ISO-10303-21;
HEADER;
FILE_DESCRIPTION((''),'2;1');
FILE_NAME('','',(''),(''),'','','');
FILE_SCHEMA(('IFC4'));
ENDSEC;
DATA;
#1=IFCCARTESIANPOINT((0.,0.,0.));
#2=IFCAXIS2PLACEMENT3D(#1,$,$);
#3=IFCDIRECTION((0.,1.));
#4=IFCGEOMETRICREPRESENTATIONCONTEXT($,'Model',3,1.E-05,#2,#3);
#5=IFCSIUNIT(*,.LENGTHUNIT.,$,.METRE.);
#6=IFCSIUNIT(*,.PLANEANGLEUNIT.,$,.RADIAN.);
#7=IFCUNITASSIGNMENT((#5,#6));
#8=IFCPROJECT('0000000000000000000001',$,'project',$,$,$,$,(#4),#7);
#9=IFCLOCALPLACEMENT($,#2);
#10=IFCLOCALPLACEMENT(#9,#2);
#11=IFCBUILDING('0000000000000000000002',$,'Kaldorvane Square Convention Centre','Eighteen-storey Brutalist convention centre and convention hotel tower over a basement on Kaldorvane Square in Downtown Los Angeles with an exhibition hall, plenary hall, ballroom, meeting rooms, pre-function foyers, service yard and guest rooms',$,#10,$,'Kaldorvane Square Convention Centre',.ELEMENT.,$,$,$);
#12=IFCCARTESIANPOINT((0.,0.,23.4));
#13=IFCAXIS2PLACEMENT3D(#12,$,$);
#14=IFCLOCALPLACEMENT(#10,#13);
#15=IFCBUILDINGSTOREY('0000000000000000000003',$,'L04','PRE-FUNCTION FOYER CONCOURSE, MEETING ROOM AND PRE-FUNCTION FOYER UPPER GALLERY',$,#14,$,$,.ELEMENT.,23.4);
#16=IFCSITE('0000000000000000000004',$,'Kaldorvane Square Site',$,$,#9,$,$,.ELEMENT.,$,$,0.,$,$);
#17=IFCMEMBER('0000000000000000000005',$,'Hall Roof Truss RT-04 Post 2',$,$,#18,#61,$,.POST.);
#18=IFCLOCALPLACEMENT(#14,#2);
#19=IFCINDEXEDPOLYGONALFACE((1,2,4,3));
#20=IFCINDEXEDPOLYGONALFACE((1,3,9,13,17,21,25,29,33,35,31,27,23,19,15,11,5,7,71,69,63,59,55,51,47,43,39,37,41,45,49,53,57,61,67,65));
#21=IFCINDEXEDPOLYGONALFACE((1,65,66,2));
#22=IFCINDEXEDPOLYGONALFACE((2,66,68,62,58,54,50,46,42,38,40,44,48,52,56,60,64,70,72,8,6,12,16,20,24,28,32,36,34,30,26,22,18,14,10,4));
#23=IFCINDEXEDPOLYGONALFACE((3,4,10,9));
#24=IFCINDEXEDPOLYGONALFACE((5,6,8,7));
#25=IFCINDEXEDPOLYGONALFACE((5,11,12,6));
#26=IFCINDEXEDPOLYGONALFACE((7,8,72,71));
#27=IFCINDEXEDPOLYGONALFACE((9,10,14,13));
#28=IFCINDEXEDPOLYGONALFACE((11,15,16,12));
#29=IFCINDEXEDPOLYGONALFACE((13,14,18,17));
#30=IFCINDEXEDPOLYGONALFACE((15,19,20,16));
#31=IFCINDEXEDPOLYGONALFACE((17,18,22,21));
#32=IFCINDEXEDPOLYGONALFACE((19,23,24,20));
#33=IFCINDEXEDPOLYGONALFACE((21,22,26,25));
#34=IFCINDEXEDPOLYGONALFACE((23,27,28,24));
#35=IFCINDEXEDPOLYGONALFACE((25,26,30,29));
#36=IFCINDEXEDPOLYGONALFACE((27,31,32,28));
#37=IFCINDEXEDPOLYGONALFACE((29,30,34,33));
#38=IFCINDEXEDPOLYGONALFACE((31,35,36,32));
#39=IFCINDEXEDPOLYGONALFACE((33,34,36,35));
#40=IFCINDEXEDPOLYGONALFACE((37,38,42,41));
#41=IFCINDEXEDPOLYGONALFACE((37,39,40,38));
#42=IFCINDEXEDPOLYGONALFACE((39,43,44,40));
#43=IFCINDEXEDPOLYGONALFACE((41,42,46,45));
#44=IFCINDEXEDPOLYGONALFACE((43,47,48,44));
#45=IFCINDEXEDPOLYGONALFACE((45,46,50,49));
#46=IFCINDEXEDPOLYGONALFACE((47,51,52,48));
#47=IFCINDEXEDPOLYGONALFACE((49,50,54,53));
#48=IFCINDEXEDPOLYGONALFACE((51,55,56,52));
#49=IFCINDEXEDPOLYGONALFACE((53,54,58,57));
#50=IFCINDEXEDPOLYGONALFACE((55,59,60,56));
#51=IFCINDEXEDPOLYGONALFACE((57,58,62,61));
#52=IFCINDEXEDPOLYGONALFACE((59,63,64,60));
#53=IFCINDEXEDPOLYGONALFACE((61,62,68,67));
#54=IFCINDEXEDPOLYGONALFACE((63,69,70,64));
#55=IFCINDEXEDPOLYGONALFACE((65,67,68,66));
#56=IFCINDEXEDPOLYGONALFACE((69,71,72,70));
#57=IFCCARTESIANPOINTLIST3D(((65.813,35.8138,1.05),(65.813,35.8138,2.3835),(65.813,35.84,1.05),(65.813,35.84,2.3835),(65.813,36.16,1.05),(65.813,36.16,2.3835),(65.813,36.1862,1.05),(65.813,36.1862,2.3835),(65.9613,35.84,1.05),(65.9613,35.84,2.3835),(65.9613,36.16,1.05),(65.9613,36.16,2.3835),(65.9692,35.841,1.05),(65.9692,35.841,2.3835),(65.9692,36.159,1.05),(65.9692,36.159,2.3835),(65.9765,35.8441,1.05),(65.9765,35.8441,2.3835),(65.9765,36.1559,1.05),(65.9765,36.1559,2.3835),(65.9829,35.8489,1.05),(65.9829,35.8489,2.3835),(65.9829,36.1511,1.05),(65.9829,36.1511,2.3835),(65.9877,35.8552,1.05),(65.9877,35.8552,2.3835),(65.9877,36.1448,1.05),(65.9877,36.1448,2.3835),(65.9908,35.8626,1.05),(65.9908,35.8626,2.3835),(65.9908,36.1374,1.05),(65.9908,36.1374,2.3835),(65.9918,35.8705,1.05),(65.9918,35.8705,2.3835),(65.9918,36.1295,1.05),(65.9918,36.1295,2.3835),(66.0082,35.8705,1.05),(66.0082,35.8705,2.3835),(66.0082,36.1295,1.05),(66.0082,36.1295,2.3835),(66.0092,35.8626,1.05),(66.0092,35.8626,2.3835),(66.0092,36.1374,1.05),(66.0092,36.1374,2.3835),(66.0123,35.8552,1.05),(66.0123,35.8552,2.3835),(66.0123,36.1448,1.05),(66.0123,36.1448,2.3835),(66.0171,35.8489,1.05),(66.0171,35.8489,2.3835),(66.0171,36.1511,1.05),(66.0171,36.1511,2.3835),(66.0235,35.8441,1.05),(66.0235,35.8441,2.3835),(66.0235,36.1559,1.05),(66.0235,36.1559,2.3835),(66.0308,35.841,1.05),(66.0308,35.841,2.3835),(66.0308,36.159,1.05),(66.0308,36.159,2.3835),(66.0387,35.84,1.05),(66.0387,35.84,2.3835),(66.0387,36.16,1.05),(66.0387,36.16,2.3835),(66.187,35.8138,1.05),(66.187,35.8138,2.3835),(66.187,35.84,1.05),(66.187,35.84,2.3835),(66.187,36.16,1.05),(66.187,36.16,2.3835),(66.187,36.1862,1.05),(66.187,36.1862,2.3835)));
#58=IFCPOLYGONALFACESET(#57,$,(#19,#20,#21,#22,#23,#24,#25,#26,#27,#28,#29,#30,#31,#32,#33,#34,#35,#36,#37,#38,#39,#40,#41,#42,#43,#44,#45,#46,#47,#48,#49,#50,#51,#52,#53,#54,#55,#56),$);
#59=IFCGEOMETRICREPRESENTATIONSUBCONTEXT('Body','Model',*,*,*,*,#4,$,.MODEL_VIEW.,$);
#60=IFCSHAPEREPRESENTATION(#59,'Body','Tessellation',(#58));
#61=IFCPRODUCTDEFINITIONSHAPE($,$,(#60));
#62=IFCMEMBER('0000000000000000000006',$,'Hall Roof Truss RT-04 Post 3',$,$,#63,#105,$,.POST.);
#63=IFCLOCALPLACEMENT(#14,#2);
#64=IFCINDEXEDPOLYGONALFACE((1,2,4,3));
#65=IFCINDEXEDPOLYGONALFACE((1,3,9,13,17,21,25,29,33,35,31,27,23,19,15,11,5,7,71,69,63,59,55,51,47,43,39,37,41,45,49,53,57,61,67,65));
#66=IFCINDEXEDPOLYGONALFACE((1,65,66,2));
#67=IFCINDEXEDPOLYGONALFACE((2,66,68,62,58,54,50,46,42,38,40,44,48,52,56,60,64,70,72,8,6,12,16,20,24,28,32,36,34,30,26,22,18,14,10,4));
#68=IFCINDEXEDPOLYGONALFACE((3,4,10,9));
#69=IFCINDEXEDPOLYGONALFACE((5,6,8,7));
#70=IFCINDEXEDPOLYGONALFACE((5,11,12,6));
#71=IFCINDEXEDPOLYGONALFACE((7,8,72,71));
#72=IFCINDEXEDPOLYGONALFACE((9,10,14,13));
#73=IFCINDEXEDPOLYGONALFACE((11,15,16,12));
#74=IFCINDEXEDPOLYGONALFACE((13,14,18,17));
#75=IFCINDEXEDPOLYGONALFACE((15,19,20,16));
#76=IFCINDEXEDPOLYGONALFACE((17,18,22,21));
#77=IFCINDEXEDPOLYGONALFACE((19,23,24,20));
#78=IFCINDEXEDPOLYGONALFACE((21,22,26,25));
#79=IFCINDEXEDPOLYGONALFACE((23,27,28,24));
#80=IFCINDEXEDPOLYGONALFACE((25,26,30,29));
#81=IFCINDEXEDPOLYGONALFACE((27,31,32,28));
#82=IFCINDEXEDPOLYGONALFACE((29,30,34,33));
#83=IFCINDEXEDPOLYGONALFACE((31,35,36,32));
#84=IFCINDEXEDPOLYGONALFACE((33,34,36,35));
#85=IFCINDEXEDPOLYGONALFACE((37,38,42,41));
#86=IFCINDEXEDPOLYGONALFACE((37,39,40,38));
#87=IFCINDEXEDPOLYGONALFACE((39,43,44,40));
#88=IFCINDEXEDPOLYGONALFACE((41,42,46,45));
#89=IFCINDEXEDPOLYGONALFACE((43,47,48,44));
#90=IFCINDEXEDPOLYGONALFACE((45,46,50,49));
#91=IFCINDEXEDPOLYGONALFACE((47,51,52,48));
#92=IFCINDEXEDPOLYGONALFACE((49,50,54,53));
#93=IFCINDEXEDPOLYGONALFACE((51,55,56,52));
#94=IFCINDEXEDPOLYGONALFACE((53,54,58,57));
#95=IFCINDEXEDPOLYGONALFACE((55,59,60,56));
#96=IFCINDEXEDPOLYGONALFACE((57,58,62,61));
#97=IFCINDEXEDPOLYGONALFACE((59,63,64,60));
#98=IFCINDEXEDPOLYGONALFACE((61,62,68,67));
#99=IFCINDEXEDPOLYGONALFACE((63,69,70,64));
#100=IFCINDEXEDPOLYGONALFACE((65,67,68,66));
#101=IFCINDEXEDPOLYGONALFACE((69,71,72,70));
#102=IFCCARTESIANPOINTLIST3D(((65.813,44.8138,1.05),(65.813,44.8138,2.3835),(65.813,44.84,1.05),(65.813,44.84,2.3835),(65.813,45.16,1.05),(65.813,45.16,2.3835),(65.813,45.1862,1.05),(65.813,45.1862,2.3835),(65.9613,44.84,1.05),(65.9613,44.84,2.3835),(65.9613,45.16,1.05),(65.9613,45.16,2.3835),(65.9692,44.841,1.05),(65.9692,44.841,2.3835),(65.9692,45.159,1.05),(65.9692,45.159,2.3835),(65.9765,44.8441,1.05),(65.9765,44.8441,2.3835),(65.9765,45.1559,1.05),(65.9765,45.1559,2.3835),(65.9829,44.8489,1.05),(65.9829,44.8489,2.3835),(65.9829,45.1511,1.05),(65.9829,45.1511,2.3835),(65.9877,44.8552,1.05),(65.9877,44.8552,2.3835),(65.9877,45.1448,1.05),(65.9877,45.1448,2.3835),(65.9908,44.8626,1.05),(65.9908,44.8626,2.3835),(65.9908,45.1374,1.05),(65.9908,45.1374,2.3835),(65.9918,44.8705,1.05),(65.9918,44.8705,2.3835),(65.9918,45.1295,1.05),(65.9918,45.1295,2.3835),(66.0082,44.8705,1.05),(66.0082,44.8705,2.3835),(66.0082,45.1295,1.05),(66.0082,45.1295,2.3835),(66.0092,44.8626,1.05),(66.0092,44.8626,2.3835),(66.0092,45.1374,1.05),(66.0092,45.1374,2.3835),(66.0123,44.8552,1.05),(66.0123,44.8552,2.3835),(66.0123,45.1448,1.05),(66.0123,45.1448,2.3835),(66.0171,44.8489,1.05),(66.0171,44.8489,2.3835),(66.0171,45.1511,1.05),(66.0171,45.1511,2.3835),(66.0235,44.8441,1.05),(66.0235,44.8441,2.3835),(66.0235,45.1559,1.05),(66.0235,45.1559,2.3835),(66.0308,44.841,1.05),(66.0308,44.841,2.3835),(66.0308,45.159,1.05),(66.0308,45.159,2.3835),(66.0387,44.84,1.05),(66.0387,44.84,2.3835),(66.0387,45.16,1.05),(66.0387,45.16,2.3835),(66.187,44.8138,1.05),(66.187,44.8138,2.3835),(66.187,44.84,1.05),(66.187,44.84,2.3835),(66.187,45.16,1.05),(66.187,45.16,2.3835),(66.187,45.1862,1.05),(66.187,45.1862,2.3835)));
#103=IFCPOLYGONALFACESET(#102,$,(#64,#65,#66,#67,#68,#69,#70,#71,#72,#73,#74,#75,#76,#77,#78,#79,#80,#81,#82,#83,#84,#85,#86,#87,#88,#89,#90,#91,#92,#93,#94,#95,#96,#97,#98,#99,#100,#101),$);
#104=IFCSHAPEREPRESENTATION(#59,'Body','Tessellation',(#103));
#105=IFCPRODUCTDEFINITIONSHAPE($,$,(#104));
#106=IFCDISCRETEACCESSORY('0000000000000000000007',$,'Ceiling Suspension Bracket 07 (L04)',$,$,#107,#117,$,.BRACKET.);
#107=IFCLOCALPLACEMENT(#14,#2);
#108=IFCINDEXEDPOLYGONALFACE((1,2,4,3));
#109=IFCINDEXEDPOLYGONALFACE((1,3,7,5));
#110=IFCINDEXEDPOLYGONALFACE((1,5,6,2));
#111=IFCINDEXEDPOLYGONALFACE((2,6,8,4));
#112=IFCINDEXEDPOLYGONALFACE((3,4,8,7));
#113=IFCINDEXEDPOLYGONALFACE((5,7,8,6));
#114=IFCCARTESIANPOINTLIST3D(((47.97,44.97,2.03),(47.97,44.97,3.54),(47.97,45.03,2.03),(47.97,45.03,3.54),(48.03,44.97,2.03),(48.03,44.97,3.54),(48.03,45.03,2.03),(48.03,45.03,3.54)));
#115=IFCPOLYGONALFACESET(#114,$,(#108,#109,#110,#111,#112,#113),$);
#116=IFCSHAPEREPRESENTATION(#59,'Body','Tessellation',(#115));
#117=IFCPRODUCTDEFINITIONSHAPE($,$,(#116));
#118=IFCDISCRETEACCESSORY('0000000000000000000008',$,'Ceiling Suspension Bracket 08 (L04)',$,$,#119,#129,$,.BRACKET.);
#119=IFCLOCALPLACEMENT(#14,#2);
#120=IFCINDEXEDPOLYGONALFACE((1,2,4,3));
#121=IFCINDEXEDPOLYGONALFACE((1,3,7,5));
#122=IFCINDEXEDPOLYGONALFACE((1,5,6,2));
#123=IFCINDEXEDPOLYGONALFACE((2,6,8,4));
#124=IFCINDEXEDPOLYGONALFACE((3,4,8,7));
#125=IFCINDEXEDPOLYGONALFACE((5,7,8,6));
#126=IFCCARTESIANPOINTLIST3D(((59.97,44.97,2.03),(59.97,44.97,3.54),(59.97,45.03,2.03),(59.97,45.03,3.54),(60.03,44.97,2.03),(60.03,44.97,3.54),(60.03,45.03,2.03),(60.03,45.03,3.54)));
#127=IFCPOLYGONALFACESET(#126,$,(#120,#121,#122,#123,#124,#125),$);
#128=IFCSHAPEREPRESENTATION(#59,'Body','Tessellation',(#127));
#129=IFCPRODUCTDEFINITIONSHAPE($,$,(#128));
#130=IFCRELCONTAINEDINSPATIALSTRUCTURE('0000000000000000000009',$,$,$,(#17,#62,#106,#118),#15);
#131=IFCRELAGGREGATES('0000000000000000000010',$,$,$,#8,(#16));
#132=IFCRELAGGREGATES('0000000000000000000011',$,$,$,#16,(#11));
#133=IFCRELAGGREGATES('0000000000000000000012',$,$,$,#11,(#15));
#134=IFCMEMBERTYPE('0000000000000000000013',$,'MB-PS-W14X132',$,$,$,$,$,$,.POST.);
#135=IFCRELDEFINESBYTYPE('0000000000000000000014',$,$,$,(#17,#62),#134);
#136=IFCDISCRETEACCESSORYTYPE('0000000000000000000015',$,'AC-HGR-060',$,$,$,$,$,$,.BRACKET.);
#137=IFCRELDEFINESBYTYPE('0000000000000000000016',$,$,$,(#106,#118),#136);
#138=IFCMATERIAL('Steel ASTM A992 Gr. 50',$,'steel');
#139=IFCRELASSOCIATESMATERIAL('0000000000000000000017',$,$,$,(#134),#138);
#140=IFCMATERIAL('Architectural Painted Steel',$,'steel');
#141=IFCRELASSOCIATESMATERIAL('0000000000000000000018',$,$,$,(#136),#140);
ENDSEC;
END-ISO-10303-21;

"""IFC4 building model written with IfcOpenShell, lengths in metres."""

from ifc_helpers import new_model, si_unit, direction, frame, origin, origin_2d, place, context, subcontext, project, spatial, rectangle, i_section, extrude, material, material_profile, profile_set, type_object, element, save


model = new_model("IFC4")

# Units and contexts
model_context = context("Model", 3, precision=1e-05, world=origin(), true_north=direction((0.0, 1.0)))
body_context = subcontext(model_context, "Body", "Model", "MODEL_VIEW")
ifc_project = project(units=[si_unit("LENGTHUNIT", "METRE"), si_unit("PLANEANGLEUNIT", "RADIAN")], contexts=[model_context])

# Site, building, storey
site_placement = place(None, origin())
site = spatial("IfcSite", under=ifc_project, at=site_placement, Name="Kaldorvane Square Site", CompositionType="ELEMENT", RefElevation=0.0)
building_placement = place(site_placement, origin())
building = spatial("IfcBuilding", under=site, at=building_placement, Name="Kaldorvane Square Convention Centre", Description="Eighteen-storey Brutalist convention centre and convention hotel tower over a basement on Kaldorvane Square in Downtown Los Angeles with an exhibition hall, plenary hall, ballroom, meeting rooms, pre-function foyers, service yard and guest rooms", LongName="Kaldorvane Square Convention Centre", CompositionType="ELEMENT")
storey_placement = place(building_placement, frame((0.0, 0.0, 23.4)))
storey = spatial("IfcBuildingStorey", under=building, at=storey_placement, Name="L04", Description="PRE-FUNCTION FOYER CONCOURSE, MEETING ROOM AND PRE-FUNCTION FOYER UPPER GALLERY", CompositionType="ELEMENT", Elevation=23.4)

# Members
ifc_material_1 = material(Name="Steel ASTM A992 Gr. 50", Category="steel")
ifc_material_profile_1 = material_profile(ifc_material_1, i_section(OverallWidth=0.374, OverallDepth=0.3724, WebThickness=0.0164, FlangeThickness=0.0262, FilletRadius=0.0305, at=origin_2d()), Name="W14X132")
ifc_profile_set_1 = profile_set([ifc_material_profile_1], Name="Steel ASTM A992 Gr. 50")
member_type_1 = type_object("IfcMemberType", Name="MB-PS-W14X132", PredefinedType="POST", material=ifc_profile_set_1)
for number, where, z_axis, x_axis, name in (
    (1, (66.0, 36.0, 1.05), (0.0, 0.0, 1.0), (1.0, 0.0, 0.0), "Hall Roof Truss RT-04 Post 2"),
    (2, (66.0, 45.0, 1.05), (0.0, 0.0, 1.0), (1.0, 0.0, 0.0), "Hall Roof Truss RT-04 Post 3"),
):
    element("IfcMember", number, at=place(storey_placement, frame(where, z_axis=z_axis, x_axis=x_axis)), inside=storey, type_object=member_type_1, Name=name, PredefinedType="POST", context=body_context, shape_type="SweptSolid", body=[
        extrude(i_section(OverallWidth=0.374, OverallDepth=0.3724, WebThickness=0.0164, FlangeThickness=0.0262, FilletRadius=0.0305, at=origin_2d()), origin(), (0.0, 0.0, 1.0), 1.3335),
    ])

# Discrete accessories
ifc_material_2 = material(Name="Architectural Painted Steel", Category="steel")
discrete_accessory_type = type_object("IfcDiscreteAccessoryType", Name="AC-HGR-060", PredefinedType="BRACKET", material=ifc_material_2)
for number, where, z_axis, x_axis, name in (
    (3, (48.0, 45.0, 2.03), (0.0, 0.0, 1.0), (1.0, 0.0, 0.0), "Ceiling Suspension Bracket 07 (L04)"),
    (4, (60.0, 45.0, 2.03), (0.0, 0.0, 1.0), (1.0, 0.0, 0.0), "Ceiling Suspension Bracket 08 (L04)"),
):
    element("IfcDiscreteAccessory", number, at=place(storey_placement, frame(where, z_axis=z_axis, x_axis=x_axis)), inside=storey, type_object=discrete_accessory_type, Name=name, PredefinedType="BRACKET", context=body_context, shape_type="SweptSolid", body=[
        extrude(rectangle(XDim=0.06, YDim=0.06, at=origin_2d()), origin(), (0.0, 0.0, 1.0), 1.51),
    ])

save(model, "model.ifc")
